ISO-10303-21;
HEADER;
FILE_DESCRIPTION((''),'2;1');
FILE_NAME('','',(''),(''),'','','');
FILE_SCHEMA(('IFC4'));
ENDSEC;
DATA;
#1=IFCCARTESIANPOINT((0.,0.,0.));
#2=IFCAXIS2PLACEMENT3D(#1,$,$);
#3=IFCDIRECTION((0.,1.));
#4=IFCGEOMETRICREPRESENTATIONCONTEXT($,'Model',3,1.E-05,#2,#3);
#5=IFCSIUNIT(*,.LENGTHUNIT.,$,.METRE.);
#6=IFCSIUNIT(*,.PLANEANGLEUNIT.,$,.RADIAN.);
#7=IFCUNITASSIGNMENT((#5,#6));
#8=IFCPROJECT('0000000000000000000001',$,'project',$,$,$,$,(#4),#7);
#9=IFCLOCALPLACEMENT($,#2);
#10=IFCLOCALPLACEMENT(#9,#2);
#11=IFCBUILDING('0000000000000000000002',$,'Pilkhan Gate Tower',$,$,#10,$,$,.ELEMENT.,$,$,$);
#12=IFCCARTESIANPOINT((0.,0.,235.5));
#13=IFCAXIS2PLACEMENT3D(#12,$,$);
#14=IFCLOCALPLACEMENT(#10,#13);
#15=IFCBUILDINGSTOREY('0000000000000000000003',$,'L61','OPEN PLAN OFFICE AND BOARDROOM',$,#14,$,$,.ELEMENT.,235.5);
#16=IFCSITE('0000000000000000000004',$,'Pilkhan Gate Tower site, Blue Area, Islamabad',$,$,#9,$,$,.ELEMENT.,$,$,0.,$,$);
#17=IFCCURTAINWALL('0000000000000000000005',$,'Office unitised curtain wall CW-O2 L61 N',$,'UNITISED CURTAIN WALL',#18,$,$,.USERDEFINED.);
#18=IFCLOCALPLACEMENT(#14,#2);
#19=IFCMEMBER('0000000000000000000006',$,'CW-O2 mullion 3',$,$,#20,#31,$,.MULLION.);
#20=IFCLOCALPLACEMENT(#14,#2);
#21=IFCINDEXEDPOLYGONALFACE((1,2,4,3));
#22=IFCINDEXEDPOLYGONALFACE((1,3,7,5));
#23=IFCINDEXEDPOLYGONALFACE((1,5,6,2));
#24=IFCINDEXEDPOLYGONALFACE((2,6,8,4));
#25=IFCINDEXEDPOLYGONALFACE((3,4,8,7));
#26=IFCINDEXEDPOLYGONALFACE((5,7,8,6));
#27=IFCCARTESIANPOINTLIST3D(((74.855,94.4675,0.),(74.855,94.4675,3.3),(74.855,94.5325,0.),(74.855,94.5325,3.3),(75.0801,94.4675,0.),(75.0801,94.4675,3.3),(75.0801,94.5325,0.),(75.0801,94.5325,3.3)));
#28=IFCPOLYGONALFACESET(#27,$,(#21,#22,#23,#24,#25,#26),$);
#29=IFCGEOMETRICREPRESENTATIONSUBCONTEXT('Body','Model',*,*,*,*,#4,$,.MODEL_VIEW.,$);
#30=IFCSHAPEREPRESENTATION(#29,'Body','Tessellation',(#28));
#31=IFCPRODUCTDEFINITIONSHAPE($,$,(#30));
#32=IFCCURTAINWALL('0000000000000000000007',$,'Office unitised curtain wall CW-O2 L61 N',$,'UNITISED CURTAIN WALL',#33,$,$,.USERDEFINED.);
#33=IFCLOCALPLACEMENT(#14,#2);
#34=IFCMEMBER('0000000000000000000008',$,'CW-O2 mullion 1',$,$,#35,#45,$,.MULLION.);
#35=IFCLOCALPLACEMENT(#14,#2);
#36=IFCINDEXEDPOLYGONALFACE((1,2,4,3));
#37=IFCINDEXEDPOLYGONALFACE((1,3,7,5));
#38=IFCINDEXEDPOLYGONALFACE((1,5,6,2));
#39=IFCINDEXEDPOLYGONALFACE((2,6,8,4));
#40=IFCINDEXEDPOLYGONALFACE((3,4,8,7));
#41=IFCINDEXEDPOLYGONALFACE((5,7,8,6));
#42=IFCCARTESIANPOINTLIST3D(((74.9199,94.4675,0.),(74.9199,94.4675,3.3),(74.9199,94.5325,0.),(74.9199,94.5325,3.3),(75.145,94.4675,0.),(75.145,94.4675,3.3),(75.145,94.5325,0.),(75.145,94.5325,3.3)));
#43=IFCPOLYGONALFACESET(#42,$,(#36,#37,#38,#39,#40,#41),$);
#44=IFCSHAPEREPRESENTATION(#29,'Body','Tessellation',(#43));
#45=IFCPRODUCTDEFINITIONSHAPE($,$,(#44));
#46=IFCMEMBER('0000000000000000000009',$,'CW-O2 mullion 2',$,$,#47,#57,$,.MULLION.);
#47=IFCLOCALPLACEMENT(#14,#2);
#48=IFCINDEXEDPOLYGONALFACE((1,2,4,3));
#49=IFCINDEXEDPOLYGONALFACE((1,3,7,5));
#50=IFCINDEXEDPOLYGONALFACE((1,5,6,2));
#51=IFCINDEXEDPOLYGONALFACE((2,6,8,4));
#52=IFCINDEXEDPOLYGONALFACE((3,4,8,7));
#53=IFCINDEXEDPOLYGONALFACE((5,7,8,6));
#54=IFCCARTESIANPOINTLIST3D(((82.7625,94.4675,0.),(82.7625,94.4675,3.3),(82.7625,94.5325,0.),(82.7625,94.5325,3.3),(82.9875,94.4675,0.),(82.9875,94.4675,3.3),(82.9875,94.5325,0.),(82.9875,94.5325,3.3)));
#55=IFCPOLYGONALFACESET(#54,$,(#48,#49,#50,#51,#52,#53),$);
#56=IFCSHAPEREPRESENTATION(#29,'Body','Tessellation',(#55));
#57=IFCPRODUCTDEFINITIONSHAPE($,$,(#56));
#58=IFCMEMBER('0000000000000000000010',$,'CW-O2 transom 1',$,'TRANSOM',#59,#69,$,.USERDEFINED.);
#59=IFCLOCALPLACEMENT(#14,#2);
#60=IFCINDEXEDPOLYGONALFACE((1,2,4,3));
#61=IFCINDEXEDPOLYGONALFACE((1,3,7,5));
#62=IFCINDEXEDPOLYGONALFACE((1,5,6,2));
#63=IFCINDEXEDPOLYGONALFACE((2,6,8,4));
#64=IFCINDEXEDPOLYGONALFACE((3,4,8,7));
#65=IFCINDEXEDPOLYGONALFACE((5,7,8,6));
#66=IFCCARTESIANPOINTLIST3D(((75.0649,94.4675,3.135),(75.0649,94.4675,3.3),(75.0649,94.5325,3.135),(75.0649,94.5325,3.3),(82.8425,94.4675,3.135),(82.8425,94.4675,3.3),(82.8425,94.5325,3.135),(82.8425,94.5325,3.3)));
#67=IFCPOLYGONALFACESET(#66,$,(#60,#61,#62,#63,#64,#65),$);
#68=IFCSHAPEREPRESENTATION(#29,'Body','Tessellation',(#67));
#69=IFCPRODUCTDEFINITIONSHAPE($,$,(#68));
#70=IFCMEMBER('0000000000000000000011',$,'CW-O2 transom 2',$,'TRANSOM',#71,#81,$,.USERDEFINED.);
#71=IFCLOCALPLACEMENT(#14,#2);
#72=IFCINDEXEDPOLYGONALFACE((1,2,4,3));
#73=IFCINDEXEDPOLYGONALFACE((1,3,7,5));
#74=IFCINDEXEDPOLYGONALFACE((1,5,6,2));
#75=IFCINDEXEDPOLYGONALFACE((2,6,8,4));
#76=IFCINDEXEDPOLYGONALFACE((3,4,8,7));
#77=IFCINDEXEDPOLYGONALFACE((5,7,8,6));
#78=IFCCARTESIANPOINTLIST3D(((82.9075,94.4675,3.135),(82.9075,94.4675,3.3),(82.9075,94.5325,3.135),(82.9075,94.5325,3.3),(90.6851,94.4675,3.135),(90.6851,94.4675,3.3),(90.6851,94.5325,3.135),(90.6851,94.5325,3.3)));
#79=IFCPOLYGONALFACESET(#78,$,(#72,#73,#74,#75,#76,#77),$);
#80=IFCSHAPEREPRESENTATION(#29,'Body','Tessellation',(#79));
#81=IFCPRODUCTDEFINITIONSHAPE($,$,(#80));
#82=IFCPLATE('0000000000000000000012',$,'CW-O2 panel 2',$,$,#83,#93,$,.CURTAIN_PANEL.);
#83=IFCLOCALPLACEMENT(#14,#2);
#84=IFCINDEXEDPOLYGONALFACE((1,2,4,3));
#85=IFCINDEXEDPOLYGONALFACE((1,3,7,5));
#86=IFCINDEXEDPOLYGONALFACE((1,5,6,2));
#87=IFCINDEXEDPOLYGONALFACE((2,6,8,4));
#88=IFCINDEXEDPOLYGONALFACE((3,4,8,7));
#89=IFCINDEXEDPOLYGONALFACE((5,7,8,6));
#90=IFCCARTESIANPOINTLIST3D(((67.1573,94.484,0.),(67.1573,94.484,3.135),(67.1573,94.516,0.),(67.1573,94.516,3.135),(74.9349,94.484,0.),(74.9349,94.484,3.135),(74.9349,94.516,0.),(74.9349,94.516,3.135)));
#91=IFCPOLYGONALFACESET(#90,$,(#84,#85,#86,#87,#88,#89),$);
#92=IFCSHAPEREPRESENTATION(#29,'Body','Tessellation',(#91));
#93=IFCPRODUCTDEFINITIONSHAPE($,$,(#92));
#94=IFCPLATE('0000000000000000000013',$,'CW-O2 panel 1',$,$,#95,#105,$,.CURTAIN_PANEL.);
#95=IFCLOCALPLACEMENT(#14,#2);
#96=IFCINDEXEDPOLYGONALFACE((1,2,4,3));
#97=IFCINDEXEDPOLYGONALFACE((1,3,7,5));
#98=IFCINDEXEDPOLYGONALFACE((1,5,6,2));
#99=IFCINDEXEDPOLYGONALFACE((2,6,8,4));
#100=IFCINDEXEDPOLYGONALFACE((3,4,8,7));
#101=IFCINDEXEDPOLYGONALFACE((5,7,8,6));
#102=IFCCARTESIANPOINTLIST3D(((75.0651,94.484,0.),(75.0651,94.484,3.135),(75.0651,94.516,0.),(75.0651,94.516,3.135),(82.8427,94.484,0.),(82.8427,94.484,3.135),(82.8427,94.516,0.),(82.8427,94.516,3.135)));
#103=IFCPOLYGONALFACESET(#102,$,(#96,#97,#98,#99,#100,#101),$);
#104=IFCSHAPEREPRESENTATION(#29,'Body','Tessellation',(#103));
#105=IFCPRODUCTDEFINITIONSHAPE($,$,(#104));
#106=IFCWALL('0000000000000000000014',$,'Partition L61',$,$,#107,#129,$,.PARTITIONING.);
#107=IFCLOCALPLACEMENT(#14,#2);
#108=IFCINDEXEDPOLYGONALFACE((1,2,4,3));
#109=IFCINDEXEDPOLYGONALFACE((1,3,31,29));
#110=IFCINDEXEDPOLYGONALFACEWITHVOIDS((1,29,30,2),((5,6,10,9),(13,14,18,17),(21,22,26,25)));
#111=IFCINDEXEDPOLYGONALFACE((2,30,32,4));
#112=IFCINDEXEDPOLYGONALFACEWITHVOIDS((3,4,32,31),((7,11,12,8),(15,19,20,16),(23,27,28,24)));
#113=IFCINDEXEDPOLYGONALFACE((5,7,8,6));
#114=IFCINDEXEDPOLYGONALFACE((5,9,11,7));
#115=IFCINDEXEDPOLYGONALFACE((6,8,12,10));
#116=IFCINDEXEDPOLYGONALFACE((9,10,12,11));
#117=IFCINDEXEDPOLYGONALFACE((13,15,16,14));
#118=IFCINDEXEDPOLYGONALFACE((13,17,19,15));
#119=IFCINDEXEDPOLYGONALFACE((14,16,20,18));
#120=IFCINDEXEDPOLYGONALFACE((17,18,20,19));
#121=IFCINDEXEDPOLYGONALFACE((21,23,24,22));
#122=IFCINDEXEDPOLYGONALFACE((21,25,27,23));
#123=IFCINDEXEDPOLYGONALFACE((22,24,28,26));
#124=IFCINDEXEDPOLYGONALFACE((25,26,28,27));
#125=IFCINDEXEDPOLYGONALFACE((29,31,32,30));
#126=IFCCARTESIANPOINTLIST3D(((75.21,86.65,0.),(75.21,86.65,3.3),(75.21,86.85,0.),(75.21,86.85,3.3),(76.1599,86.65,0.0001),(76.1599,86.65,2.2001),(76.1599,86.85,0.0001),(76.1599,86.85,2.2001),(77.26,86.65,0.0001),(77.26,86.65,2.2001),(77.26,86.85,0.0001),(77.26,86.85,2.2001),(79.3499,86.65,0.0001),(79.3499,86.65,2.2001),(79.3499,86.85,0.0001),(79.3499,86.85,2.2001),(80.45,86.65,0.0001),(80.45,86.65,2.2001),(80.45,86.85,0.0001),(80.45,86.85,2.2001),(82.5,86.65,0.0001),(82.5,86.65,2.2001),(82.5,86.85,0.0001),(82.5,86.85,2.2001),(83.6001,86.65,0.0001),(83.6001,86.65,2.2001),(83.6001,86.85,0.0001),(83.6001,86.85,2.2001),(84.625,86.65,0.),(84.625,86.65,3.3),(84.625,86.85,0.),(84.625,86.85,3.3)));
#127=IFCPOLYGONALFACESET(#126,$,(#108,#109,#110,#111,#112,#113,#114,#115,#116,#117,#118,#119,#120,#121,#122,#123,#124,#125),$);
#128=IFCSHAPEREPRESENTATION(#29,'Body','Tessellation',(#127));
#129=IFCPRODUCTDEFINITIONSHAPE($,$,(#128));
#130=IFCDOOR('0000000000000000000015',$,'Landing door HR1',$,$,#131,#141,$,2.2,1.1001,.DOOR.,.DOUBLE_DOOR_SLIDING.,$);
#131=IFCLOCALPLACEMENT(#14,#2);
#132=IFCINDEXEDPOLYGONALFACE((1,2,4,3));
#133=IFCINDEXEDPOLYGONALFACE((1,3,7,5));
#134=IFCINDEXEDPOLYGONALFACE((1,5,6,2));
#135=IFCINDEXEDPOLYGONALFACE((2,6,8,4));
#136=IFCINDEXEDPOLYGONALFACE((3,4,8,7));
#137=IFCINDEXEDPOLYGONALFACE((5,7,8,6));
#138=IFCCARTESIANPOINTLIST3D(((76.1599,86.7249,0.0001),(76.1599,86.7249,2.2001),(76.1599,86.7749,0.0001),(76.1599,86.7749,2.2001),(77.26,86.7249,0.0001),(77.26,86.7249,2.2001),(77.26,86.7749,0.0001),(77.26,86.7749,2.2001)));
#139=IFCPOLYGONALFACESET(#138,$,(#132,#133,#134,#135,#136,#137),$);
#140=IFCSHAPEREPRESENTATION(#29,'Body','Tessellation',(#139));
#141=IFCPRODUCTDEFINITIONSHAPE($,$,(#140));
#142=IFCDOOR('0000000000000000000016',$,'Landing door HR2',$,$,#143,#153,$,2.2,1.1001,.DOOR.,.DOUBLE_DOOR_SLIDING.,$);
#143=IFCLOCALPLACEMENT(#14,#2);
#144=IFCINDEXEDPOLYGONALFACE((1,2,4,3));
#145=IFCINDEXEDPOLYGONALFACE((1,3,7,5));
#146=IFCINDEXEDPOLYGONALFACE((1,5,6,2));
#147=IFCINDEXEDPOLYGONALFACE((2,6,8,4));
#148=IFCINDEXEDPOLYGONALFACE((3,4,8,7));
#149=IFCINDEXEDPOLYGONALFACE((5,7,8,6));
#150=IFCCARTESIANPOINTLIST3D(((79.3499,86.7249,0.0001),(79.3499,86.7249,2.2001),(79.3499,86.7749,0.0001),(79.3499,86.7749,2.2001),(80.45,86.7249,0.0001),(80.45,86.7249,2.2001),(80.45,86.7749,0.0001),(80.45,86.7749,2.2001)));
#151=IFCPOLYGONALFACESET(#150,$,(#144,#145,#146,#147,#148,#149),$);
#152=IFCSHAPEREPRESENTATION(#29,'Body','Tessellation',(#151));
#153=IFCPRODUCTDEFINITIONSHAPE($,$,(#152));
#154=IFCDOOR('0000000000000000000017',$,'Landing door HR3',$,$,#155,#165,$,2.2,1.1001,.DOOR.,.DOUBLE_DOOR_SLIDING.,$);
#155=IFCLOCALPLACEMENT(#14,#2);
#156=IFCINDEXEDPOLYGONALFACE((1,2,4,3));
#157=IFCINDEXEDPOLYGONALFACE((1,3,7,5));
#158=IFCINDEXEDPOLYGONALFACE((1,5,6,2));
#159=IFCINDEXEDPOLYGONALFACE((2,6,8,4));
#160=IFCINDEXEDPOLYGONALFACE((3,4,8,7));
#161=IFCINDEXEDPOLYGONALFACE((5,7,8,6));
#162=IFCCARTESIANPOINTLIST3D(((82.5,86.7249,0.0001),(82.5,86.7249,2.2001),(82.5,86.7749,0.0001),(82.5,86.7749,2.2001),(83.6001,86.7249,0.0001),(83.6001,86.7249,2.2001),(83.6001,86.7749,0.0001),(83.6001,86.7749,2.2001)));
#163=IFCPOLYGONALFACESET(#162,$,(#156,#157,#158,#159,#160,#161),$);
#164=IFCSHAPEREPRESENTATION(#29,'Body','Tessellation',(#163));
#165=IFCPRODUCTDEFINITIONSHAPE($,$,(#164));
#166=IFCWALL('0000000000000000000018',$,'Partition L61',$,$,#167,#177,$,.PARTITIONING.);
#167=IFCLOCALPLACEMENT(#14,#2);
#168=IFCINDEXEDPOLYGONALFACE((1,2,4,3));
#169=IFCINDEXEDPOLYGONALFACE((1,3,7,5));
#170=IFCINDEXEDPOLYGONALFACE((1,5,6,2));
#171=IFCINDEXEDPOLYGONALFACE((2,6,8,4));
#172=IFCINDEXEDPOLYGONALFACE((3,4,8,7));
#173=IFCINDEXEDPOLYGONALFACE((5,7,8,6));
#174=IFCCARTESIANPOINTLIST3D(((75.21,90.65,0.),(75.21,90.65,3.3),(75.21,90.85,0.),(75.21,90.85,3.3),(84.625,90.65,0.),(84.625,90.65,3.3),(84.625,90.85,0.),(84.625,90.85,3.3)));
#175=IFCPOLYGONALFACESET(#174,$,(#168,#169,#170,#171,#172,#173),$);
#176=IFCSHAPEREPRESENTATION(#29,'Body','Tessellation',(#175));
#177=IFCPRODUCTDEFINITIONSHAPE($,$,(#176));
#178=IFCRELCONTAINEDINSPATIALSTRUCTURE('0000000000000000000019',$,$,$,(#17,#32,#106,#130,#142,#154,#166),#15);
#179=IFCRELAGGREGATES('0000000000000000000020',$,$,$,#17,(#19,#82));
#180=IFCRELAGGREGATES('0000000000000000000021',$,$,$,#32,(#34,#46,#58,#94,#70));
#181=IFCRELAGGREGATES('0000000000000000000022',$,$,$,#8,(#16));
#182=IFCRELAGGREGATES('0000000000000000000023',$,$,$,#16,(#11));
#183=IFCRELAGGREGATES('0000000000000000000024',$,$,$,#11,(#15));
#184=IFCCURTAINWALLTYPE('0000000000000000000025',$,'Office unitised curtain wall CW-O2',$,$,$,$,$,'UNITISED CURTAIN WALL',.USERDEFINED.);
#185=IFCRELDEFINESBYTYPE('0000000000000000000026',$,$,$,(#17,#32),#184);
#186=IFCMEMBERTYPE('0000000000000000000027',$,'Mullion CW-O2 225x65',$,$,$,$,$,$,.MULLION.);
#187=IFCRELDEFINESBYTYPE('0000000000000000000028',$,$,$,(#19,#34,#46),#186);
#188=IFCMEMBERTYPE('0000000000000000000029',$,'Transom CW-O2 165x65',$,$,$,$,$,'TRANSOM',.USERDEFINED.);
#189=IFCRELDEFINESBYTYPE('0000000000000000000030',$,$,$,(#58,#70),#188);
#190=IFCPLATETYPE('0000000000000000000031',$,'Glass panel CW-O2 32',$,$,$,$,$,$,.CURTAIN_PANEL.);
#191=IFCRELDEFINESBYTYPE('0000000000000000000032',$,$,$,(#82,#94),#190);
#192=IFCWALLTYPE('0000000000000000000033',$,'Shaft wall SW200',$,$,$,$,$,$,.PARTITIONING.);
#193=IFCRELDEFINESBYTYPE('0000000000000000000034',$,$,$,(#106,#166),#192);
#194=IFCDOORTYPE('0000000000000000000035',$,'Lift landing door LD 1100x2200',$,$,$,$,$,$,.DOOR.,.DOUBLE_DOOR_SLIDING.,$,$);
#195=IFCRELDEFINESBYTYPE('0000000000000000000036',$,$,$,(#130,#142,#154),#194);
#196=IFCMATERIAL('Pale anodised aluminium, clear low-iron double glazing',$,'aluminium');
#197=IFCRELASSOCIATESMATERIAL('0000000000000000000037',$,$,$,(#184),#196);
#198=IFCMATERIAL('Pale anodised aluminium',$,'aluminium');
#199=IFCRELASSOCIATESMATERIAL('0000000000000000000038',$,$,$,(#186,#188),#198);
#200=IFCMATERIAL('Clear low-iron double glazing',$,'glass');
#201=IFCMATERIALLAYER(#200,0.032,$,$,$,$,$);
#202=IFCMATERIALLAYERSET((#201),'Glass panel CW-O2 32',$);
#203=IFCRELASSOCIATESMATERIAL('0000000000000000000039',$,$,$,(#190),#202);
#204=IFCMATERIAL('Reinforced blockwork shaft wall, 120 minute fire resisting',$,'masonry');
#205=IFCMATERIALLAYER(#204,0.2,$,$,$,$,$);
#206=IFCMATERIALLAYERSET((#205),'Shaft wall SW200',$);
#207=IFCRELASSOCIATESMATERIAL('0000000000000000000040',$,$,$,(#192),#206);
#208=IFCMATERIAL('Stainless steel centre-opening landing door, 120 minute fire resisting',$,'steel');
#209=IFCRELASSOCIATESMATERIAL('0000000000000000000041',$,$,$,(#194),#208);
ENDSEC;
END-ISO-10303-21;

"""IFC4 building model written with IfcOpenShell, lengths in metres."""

from ifc_helpers import new_model, si_unit, direction, frame, frame_2d, origin, origin_2d, place, context, subcontext, project, spatial, rectangle, extrude, material, layer, layer_set, material_profile, profile_set, type_object, element, fill, aggregate, save


model = new_model("IFC4")

# Units and contexts
model_context = context("Model", 3, precision=1e-05, world=origin(), true_north=direction((0.0, 1.0)))
body_context = subcontext(model_context, "Body", "Model", "MODEL_VIEW")
ifc_project = project(units=[si_unit("LENGTHUNIT", "METRE"), si_unit("PLANEANGLEUNIT", "RADIAN")], contexts=[model_context])

# Site, building, storey
site_placement = place(None, origin())
site = spatial("IfcSite", under=ifc_project, at=site_placement, Name="Pilkhan Gate Tower site, Blue Area, Islamabad", CompositionType="ELEMENT", RefElevation=0.0)
building_placement = place(site_placement, origin())
building = spatial("IfcBuilding", under=site, at=building_placement, Name="Pilkhan Gate Tower", CompositionType="ELEMENT")
storey_placement = place(building_placement, frame((0.0, 0.0, 235.5)))
storey = spatial("IfcBuildingStorey", under=building, at=storey_placement, Name="L61", Description="OPEN PLAN OFFICE AND BOARDROOM", CompositionType="ELEMENT", Elevation=235.5)

# Curtain wall, member
ifc_material_1 = material(Name="Pale anodised aluminium, clear low-iron double glazing", Category="aluminium")
curtain_wall_type = type_object("IfcCurtainWallType", Name="Office unitised curtain wall CW-O2", ElementType="UNITISED CURTAIN WALL", PredefinedType="USERDEFINED", material=ifc_material_1)
curtain_wall_1_placement = place(storey_placement, origin())
curtain_wall_1 = element("IfcCurtainWall", 1, at=curtain_wall_1_placement, inside=storey, type_object=curtain_wall_type, Name="Office unitised curtain wall CW-O2 L61 N", ObjectType="UNITISED CURTAIN WALL", PredefinedType="USERDEFINED")
ifc_material_2 = material(Name="Pale anodised aluminium", Category="aluminium")
ifc_material_profile_1 = material_profile(ifc_material_2, rectangle(XDim=0.0649, YDim=0.2251, at=origin_2d()), Name="Mullion 225x65")
ifc_profile_set_1 = profile_set([ifc_material_profile_1], Name="Pale anodised aluminium")
member_type_1 = type_object("IfcMemberType", Name="Mullion CW-O2 225x65", PredefinedType="MULLION", material=ifc_profile_set_1)
member_1_placement = place(storey_placement, frame((74.9675, 94.5, 0.0), z_axis=(0.0, 0.0, 1.0), x_axis=(0.0, 1.0, 0.0)))
member_1 = element("IfcMember", 2, at=member_1_placement, type_object=member_type_1, Name="CW-O2 mullion 3", PredefinedType="MULLION", context=body_context, shape_type="SweptSolid", body=[
    extrude(rectangle(XDim=0.0649, YDim=0.2251, at=origin_2d()), origin(), (0.0, 0.0, 1.0), 3.3),
])

# Curtain wall, members
curtain_wall_2_placement = place(storey_placement, origin())
curtain_wall_2 = element("IfcCurtainWall", 3, at=curtain_wall_2_placement, inside=storey, type_object=curtain_wall_type, Name="Office unitised curtain wall CW-O2 L61 N", ObjectType="UNITISED CURTAIN WALL", PredefinedType="USERDEFINED")
member_2_placement = place(storey_placement, frame((75.0325, 94.5, 0.0), z_axis=(0.0, 0.0, 1.0), x_axis=(0.0, 1.0, 0.0)))
member_2 = element("IfcMember", 4, at=member_2_placement, type_object=member_type_1, Name="CW-O2 mullion 1", PredefinedType="MULLION", context=body_context, shape_type="SweptSolid", body=[
    extrude(rectangle(XDim=0.0649, YDim=0.2251, at=origin_2d()), origin(), (0.0, 0.0, 1.0), 3.3),
])
member_3_placement = place(storey_placement, frame((82.875, 94.5, 0.0), z_axis=(0.0, 0.0, 1.0), x_axis=(0.0, 1.0, 0.0)))
member_3 = element("IfcMember", 5, at=member_3_placement, type_object=member_type_1, Name="CW-O2 mullion 2", PredefinedType="MULLION", context=body_context, shape_type="SweptSolid", body=[
    extrude(rectangle(XDim=0.0649, YDim=0.2251, at=origin_2d()), origin(), (0.0, 0.0, 1.0), 3.3),
])
ifc_material_profile_2 = material_profile(ifc_material_2, rectangle(XDim=0.0649, YDim=0.165, at=origin_2d()), Name="Transom 165x65")
ifc_profile_set_2 = profile_set([ifc_material_profile_2], Name="Pale anodised aluminium")
member_type_2 = type_object("IfcMemberType", Name="Transom CW-O2 165x65", ElementType="TRANSOM", PredefinedType="USERDEFINED", material=ifc_profile_set_2)
member_4_placement = place(storey_placement, frame((75.0649, 94.5, 3.2175), z_axis=(1.0, 0.0, 0.0), x_axis=(0.0, 1.0, 0.0)))
member_4 = element("IfcMember", 6, at=member_4_placement, type_object=member_type_2, Name="CW-O2 transom 1", ObjectType="TRANSOM", PredefinedType="USERDEFINED", context=body_context, shape_type="SweptSolid", body=[
    extrude(rectangle(XDim=0.0649, YDim=0.165, at=origin_2d()), origin(), (0.0, 0.0, 1.0), 7.7776),
])
member_5_placement = place(storey_placement, frame((82.9075, 94.5, 3.2175), z_axis=(1.0, 0.0, 0.0), x_axis=(0.0, 1.0, 0.0)))
member_5 = element("IfcMember", 7, at=member_5_placement, type_object=member_type_2, Name="CW-O2 transom 2", ObjectType="TRANSOM", PredefinedType="USERDEFINED", context=body_context, shape_type="SweptSolid", body=[
    extrude(rectangle(XDim=0.0649, YDim=0.165, at=origin_2d()), origin(), (0.0, 0.0, 1.0), 7.7776),
])

# Plates
ifc_material_3 = material(Name="Clear low-iron double glazing", Category="glass")
ifc_layer_1 = layer(ifc_material_3, 0.032)
ifc_layer_set_1 = layer_set([ifc_layer_1], Name="Glass panel CW-O2 32")
plate_type = type_object("IfcPlateType", Name="Glass panel CW-O2 32", PredefinedType="CURTAIN_PANEL", material=ifc_layer_set_1)
plate_1_placement = place(storey_placement, frame((71.0461, 94.5, 0.0), z_axis=(0.0, 0.0, 1.0), x_axis=(1.0, 0.0, 0.0)))
plate_1 = element("IfcPlate", 8, at=plate_1_placement, type_object=plate_type, Name="CW-O2 panel 2", PredefinedType="CURTAIN_PANEL", context=body_context, shape_type="SweptSolid", body=[
    extrude(rectangle(XDim=7.7776, YDim=0.032, at=origin_2d()), origin(), (0.0, 0.0, 1.0), 3.135),
])
aggregate(curtain_wall_1, [member_1, plate_1])
plate_2_placement = place(storey_placement, frame((78.9539, 94.5, 0.0), z_axis=(0.0, 0.0, 1.0), x_axis=(1.0, 0.0, 0.0)))
plate_2 = element("IfcPlate", 9, at=plate_2_placement, type_object=plate_type, Name="CW-O2 panel 1", PredefinedType="CURTAIN_PANEL", context=body_context, shape_type="SweptSolid", body=[
    extrude(rectangle(XDim=7.7776, YDim=0.032, at=origin_2d()), origin(), (0.0, 0.0, 1.0), 3.135),
])
aggregate(curtain_wall_2, [member_2, member_3, member_4, plate_2, member_5])

# Wall, openings, doors
ifc_material_4 = material(Name="Reinforced blockwork shaft wall, 120 minute fire resisting", Category="masonry")
ifc_layer_2 = layer(ifc_material_4, 0.2)
ifc_layer_set_2 = layer_set([ifc_layer_2], Name="Shaft wall SW200")
wall_type_1 = type_object("IfcWallType", Name="Shaft wall SW200", PredefinedType="PARTITIONING", material=ifc_layer_set_2)
wall_1_placement = place(storey_placement, frame((75.21, 86.75, 0.0), z_axis=(0.0, 0.0, 1.0), x_axis=(1.0, 0.0, 0.0)))
wall_1 = element("IfcWall", 10, at=wall_1_placement, inside=storey, type_object=wall_type_1, Name="Partition L61", PredefinedType="PARTITIONING", context=body_context, shape_type="SweptSolid", body=[
    extrude(rectangle(XDim=9.415, YDim=0.2, at=frame_2d((4.7075, 0.0))), origin(), (0.0, 0.0, 1.0), 3.3),
])
opening_1_placement = place(wall_1_placement, frame((0.95, 0.0, 0.0)))
opening_1 = element("IfcOpeningElement", 11, at=opening_1_placement, cuts=wall_1, PredefinedType="OPENING", context=body_context, shape_type="SweptSolid", body=[
    extrude(rectangle(XDim=1.1001, YDim=2.2, at=frame_2d((0.55, 1.1001))), frame((0.0, 0.1099, 0.0), z_axis=(0.0, -1.0, 0.0), x_axis=(1.0, 0.0, 0.0)), (0.0, 0.0, 1.0), 0.22),
])
opening_2_placement = place(wall_1_placement, frame((4.1399, 0.0, 0.0)))
opening_2 = element("IfcOpeningElement", 12, at=opening_2_placement, cuts=wall_1, PredefinedType="OPENING", context=body_context, shape_type="SweptSolid", body=[
    extrude(rectangle(XDim=1.1001, YDim=2.2, at=frame_2d((0.55, 1.1001))), frame((0.0, 0.1099, 0.0), z_axis=(0.0, -1.0, 0.0), x_axis=(1.0, 0.0, 0.0)), (0.0, 0.0, 1.0), 0.22),
])
opening_3_placement = place(wall_1_placement, frame((7.29, 0.0, 0.0)))
opening_3 = element("IfcOpeningElement", 13, at=opening_3_placement, cuts=wall_1, PredefinedType="OPENING", context=body_context, shape_type="SweptSolid", body=[
    extrude(rectangle(XDim=1.1001, YDim=2.2, at=frame_2d((0.55, 1.1001))), frame((0.0, 0.1099, 0.0), z_axis=(0.0, -1.0, 0.0), x_axis=(1.0, 0.0, 0.0)), (0.0, 0.0, 1.0), 0.22),
])
ifc_material_5 = material(Name="Stainless steel centre-opening landing door, 120 minute fire resisting", Category="steel")
door_type = type_object("IfcDoorType", Name="Lift landing door LD 1100x2200", OperationType="DOUBLE_DOOR_SLIDING", PredefinedType="DOOR", material=ifc_material_5)
door_1_placement = place(opening_1_placement, origin())
door_1 = element("IfcDoor", 14, at=door_1_placement, inside=storey, type_object=door_type, Name="Landing door HR1", OperationType="DOUBLE_DOOR_SLIDING", OverallHeight=2.2, OverallWidth=1.1001, PredefinedType="DOOR", context=body_context, shape_type="SweptSolid", body=[
    extrude(rectangle(XDim=1.1001, YDim=2.2, at=frame_2d((0.55, 1.1001))), frame((0.0, 0.0249, 0.0), z_axis=(0.0, -1.0, 0.0), x_axis=(1.0, 0.0, 0.0)), (0.0, 0.0, 1.0), 0.05),
])
fill(opening_1, door_1)
door_2_placement = place(opening_2_placement, origin())
door_2 = element("IfcDoor", 15, at=door_2_placement, inside=storey, type_object=door_type, Name="Landing door HR2", OperationType="DOUBLE_DOOR_SLIDING", OverallHeight=2.2, OverallWidth=1.1001, PredefinedType="DOOR", context=body_context, shape_type="SweptSolid", body=[
    extrude(rectangle(XDim=1.1001, YDim=2.2, at=frame_2d((0.55, 1.1001))), frame((0.0, 0.0249, 0.0), z_axis=(0.0, -1.0, 0.0), x_axis=(1.0, 0.0, 0.0)), (0.0, 0.0, 1.0), 0.05),
])
fill(opening_2, door_2)
door_3_placement = place(opening_3_placement, origin())
door_3 = element("IfcDoor", 16, at=door_3_placement, inside=storey, type_object=door_type, Name="Landing door HR3", OperationType="DOUBLE_DOOR_SLIDING", OverallHeight=2.2, OverallWidth=1.1001, PredefinedType="DOOR", context=body_context, shape_type="SweptSolid", body=[
    extrude(rectangle(XDim=1.1001, YDim=2.2, at=frame_2d((0.55, 1.1001))), frame((0.0, 0.0249, 0.0), z_axis=(0.0, -1.0, 0.0), x_axis=(1.0, 0.0, 0.0)), (0.0, 0.0, 1.0), 0.05),
])
fill(opening_3, door_3)

# Wall
wall_2_placement = place(storey_placement, frame((75.21, 90.75, 0.0), z_axis=(0.0, 0.0, 1.0), x_axis=(1.0, 0.0, 0.0)))
element("IfcWall", 17, at=wall_2_placement, inside=storey, type_object=wall_type_1, Name="Partition L61", PredefinedType="PARTITIONING", context=body_context, shape_type="SweptSolid", body=[
    extrude(rectangle(XDim=9.415, YDim=0.2, at=frame_2d((4.7075, 0.0))), origin(), (0.0, 0.0, 1.0), 3.3),
])

save(model, "model.ifc")
